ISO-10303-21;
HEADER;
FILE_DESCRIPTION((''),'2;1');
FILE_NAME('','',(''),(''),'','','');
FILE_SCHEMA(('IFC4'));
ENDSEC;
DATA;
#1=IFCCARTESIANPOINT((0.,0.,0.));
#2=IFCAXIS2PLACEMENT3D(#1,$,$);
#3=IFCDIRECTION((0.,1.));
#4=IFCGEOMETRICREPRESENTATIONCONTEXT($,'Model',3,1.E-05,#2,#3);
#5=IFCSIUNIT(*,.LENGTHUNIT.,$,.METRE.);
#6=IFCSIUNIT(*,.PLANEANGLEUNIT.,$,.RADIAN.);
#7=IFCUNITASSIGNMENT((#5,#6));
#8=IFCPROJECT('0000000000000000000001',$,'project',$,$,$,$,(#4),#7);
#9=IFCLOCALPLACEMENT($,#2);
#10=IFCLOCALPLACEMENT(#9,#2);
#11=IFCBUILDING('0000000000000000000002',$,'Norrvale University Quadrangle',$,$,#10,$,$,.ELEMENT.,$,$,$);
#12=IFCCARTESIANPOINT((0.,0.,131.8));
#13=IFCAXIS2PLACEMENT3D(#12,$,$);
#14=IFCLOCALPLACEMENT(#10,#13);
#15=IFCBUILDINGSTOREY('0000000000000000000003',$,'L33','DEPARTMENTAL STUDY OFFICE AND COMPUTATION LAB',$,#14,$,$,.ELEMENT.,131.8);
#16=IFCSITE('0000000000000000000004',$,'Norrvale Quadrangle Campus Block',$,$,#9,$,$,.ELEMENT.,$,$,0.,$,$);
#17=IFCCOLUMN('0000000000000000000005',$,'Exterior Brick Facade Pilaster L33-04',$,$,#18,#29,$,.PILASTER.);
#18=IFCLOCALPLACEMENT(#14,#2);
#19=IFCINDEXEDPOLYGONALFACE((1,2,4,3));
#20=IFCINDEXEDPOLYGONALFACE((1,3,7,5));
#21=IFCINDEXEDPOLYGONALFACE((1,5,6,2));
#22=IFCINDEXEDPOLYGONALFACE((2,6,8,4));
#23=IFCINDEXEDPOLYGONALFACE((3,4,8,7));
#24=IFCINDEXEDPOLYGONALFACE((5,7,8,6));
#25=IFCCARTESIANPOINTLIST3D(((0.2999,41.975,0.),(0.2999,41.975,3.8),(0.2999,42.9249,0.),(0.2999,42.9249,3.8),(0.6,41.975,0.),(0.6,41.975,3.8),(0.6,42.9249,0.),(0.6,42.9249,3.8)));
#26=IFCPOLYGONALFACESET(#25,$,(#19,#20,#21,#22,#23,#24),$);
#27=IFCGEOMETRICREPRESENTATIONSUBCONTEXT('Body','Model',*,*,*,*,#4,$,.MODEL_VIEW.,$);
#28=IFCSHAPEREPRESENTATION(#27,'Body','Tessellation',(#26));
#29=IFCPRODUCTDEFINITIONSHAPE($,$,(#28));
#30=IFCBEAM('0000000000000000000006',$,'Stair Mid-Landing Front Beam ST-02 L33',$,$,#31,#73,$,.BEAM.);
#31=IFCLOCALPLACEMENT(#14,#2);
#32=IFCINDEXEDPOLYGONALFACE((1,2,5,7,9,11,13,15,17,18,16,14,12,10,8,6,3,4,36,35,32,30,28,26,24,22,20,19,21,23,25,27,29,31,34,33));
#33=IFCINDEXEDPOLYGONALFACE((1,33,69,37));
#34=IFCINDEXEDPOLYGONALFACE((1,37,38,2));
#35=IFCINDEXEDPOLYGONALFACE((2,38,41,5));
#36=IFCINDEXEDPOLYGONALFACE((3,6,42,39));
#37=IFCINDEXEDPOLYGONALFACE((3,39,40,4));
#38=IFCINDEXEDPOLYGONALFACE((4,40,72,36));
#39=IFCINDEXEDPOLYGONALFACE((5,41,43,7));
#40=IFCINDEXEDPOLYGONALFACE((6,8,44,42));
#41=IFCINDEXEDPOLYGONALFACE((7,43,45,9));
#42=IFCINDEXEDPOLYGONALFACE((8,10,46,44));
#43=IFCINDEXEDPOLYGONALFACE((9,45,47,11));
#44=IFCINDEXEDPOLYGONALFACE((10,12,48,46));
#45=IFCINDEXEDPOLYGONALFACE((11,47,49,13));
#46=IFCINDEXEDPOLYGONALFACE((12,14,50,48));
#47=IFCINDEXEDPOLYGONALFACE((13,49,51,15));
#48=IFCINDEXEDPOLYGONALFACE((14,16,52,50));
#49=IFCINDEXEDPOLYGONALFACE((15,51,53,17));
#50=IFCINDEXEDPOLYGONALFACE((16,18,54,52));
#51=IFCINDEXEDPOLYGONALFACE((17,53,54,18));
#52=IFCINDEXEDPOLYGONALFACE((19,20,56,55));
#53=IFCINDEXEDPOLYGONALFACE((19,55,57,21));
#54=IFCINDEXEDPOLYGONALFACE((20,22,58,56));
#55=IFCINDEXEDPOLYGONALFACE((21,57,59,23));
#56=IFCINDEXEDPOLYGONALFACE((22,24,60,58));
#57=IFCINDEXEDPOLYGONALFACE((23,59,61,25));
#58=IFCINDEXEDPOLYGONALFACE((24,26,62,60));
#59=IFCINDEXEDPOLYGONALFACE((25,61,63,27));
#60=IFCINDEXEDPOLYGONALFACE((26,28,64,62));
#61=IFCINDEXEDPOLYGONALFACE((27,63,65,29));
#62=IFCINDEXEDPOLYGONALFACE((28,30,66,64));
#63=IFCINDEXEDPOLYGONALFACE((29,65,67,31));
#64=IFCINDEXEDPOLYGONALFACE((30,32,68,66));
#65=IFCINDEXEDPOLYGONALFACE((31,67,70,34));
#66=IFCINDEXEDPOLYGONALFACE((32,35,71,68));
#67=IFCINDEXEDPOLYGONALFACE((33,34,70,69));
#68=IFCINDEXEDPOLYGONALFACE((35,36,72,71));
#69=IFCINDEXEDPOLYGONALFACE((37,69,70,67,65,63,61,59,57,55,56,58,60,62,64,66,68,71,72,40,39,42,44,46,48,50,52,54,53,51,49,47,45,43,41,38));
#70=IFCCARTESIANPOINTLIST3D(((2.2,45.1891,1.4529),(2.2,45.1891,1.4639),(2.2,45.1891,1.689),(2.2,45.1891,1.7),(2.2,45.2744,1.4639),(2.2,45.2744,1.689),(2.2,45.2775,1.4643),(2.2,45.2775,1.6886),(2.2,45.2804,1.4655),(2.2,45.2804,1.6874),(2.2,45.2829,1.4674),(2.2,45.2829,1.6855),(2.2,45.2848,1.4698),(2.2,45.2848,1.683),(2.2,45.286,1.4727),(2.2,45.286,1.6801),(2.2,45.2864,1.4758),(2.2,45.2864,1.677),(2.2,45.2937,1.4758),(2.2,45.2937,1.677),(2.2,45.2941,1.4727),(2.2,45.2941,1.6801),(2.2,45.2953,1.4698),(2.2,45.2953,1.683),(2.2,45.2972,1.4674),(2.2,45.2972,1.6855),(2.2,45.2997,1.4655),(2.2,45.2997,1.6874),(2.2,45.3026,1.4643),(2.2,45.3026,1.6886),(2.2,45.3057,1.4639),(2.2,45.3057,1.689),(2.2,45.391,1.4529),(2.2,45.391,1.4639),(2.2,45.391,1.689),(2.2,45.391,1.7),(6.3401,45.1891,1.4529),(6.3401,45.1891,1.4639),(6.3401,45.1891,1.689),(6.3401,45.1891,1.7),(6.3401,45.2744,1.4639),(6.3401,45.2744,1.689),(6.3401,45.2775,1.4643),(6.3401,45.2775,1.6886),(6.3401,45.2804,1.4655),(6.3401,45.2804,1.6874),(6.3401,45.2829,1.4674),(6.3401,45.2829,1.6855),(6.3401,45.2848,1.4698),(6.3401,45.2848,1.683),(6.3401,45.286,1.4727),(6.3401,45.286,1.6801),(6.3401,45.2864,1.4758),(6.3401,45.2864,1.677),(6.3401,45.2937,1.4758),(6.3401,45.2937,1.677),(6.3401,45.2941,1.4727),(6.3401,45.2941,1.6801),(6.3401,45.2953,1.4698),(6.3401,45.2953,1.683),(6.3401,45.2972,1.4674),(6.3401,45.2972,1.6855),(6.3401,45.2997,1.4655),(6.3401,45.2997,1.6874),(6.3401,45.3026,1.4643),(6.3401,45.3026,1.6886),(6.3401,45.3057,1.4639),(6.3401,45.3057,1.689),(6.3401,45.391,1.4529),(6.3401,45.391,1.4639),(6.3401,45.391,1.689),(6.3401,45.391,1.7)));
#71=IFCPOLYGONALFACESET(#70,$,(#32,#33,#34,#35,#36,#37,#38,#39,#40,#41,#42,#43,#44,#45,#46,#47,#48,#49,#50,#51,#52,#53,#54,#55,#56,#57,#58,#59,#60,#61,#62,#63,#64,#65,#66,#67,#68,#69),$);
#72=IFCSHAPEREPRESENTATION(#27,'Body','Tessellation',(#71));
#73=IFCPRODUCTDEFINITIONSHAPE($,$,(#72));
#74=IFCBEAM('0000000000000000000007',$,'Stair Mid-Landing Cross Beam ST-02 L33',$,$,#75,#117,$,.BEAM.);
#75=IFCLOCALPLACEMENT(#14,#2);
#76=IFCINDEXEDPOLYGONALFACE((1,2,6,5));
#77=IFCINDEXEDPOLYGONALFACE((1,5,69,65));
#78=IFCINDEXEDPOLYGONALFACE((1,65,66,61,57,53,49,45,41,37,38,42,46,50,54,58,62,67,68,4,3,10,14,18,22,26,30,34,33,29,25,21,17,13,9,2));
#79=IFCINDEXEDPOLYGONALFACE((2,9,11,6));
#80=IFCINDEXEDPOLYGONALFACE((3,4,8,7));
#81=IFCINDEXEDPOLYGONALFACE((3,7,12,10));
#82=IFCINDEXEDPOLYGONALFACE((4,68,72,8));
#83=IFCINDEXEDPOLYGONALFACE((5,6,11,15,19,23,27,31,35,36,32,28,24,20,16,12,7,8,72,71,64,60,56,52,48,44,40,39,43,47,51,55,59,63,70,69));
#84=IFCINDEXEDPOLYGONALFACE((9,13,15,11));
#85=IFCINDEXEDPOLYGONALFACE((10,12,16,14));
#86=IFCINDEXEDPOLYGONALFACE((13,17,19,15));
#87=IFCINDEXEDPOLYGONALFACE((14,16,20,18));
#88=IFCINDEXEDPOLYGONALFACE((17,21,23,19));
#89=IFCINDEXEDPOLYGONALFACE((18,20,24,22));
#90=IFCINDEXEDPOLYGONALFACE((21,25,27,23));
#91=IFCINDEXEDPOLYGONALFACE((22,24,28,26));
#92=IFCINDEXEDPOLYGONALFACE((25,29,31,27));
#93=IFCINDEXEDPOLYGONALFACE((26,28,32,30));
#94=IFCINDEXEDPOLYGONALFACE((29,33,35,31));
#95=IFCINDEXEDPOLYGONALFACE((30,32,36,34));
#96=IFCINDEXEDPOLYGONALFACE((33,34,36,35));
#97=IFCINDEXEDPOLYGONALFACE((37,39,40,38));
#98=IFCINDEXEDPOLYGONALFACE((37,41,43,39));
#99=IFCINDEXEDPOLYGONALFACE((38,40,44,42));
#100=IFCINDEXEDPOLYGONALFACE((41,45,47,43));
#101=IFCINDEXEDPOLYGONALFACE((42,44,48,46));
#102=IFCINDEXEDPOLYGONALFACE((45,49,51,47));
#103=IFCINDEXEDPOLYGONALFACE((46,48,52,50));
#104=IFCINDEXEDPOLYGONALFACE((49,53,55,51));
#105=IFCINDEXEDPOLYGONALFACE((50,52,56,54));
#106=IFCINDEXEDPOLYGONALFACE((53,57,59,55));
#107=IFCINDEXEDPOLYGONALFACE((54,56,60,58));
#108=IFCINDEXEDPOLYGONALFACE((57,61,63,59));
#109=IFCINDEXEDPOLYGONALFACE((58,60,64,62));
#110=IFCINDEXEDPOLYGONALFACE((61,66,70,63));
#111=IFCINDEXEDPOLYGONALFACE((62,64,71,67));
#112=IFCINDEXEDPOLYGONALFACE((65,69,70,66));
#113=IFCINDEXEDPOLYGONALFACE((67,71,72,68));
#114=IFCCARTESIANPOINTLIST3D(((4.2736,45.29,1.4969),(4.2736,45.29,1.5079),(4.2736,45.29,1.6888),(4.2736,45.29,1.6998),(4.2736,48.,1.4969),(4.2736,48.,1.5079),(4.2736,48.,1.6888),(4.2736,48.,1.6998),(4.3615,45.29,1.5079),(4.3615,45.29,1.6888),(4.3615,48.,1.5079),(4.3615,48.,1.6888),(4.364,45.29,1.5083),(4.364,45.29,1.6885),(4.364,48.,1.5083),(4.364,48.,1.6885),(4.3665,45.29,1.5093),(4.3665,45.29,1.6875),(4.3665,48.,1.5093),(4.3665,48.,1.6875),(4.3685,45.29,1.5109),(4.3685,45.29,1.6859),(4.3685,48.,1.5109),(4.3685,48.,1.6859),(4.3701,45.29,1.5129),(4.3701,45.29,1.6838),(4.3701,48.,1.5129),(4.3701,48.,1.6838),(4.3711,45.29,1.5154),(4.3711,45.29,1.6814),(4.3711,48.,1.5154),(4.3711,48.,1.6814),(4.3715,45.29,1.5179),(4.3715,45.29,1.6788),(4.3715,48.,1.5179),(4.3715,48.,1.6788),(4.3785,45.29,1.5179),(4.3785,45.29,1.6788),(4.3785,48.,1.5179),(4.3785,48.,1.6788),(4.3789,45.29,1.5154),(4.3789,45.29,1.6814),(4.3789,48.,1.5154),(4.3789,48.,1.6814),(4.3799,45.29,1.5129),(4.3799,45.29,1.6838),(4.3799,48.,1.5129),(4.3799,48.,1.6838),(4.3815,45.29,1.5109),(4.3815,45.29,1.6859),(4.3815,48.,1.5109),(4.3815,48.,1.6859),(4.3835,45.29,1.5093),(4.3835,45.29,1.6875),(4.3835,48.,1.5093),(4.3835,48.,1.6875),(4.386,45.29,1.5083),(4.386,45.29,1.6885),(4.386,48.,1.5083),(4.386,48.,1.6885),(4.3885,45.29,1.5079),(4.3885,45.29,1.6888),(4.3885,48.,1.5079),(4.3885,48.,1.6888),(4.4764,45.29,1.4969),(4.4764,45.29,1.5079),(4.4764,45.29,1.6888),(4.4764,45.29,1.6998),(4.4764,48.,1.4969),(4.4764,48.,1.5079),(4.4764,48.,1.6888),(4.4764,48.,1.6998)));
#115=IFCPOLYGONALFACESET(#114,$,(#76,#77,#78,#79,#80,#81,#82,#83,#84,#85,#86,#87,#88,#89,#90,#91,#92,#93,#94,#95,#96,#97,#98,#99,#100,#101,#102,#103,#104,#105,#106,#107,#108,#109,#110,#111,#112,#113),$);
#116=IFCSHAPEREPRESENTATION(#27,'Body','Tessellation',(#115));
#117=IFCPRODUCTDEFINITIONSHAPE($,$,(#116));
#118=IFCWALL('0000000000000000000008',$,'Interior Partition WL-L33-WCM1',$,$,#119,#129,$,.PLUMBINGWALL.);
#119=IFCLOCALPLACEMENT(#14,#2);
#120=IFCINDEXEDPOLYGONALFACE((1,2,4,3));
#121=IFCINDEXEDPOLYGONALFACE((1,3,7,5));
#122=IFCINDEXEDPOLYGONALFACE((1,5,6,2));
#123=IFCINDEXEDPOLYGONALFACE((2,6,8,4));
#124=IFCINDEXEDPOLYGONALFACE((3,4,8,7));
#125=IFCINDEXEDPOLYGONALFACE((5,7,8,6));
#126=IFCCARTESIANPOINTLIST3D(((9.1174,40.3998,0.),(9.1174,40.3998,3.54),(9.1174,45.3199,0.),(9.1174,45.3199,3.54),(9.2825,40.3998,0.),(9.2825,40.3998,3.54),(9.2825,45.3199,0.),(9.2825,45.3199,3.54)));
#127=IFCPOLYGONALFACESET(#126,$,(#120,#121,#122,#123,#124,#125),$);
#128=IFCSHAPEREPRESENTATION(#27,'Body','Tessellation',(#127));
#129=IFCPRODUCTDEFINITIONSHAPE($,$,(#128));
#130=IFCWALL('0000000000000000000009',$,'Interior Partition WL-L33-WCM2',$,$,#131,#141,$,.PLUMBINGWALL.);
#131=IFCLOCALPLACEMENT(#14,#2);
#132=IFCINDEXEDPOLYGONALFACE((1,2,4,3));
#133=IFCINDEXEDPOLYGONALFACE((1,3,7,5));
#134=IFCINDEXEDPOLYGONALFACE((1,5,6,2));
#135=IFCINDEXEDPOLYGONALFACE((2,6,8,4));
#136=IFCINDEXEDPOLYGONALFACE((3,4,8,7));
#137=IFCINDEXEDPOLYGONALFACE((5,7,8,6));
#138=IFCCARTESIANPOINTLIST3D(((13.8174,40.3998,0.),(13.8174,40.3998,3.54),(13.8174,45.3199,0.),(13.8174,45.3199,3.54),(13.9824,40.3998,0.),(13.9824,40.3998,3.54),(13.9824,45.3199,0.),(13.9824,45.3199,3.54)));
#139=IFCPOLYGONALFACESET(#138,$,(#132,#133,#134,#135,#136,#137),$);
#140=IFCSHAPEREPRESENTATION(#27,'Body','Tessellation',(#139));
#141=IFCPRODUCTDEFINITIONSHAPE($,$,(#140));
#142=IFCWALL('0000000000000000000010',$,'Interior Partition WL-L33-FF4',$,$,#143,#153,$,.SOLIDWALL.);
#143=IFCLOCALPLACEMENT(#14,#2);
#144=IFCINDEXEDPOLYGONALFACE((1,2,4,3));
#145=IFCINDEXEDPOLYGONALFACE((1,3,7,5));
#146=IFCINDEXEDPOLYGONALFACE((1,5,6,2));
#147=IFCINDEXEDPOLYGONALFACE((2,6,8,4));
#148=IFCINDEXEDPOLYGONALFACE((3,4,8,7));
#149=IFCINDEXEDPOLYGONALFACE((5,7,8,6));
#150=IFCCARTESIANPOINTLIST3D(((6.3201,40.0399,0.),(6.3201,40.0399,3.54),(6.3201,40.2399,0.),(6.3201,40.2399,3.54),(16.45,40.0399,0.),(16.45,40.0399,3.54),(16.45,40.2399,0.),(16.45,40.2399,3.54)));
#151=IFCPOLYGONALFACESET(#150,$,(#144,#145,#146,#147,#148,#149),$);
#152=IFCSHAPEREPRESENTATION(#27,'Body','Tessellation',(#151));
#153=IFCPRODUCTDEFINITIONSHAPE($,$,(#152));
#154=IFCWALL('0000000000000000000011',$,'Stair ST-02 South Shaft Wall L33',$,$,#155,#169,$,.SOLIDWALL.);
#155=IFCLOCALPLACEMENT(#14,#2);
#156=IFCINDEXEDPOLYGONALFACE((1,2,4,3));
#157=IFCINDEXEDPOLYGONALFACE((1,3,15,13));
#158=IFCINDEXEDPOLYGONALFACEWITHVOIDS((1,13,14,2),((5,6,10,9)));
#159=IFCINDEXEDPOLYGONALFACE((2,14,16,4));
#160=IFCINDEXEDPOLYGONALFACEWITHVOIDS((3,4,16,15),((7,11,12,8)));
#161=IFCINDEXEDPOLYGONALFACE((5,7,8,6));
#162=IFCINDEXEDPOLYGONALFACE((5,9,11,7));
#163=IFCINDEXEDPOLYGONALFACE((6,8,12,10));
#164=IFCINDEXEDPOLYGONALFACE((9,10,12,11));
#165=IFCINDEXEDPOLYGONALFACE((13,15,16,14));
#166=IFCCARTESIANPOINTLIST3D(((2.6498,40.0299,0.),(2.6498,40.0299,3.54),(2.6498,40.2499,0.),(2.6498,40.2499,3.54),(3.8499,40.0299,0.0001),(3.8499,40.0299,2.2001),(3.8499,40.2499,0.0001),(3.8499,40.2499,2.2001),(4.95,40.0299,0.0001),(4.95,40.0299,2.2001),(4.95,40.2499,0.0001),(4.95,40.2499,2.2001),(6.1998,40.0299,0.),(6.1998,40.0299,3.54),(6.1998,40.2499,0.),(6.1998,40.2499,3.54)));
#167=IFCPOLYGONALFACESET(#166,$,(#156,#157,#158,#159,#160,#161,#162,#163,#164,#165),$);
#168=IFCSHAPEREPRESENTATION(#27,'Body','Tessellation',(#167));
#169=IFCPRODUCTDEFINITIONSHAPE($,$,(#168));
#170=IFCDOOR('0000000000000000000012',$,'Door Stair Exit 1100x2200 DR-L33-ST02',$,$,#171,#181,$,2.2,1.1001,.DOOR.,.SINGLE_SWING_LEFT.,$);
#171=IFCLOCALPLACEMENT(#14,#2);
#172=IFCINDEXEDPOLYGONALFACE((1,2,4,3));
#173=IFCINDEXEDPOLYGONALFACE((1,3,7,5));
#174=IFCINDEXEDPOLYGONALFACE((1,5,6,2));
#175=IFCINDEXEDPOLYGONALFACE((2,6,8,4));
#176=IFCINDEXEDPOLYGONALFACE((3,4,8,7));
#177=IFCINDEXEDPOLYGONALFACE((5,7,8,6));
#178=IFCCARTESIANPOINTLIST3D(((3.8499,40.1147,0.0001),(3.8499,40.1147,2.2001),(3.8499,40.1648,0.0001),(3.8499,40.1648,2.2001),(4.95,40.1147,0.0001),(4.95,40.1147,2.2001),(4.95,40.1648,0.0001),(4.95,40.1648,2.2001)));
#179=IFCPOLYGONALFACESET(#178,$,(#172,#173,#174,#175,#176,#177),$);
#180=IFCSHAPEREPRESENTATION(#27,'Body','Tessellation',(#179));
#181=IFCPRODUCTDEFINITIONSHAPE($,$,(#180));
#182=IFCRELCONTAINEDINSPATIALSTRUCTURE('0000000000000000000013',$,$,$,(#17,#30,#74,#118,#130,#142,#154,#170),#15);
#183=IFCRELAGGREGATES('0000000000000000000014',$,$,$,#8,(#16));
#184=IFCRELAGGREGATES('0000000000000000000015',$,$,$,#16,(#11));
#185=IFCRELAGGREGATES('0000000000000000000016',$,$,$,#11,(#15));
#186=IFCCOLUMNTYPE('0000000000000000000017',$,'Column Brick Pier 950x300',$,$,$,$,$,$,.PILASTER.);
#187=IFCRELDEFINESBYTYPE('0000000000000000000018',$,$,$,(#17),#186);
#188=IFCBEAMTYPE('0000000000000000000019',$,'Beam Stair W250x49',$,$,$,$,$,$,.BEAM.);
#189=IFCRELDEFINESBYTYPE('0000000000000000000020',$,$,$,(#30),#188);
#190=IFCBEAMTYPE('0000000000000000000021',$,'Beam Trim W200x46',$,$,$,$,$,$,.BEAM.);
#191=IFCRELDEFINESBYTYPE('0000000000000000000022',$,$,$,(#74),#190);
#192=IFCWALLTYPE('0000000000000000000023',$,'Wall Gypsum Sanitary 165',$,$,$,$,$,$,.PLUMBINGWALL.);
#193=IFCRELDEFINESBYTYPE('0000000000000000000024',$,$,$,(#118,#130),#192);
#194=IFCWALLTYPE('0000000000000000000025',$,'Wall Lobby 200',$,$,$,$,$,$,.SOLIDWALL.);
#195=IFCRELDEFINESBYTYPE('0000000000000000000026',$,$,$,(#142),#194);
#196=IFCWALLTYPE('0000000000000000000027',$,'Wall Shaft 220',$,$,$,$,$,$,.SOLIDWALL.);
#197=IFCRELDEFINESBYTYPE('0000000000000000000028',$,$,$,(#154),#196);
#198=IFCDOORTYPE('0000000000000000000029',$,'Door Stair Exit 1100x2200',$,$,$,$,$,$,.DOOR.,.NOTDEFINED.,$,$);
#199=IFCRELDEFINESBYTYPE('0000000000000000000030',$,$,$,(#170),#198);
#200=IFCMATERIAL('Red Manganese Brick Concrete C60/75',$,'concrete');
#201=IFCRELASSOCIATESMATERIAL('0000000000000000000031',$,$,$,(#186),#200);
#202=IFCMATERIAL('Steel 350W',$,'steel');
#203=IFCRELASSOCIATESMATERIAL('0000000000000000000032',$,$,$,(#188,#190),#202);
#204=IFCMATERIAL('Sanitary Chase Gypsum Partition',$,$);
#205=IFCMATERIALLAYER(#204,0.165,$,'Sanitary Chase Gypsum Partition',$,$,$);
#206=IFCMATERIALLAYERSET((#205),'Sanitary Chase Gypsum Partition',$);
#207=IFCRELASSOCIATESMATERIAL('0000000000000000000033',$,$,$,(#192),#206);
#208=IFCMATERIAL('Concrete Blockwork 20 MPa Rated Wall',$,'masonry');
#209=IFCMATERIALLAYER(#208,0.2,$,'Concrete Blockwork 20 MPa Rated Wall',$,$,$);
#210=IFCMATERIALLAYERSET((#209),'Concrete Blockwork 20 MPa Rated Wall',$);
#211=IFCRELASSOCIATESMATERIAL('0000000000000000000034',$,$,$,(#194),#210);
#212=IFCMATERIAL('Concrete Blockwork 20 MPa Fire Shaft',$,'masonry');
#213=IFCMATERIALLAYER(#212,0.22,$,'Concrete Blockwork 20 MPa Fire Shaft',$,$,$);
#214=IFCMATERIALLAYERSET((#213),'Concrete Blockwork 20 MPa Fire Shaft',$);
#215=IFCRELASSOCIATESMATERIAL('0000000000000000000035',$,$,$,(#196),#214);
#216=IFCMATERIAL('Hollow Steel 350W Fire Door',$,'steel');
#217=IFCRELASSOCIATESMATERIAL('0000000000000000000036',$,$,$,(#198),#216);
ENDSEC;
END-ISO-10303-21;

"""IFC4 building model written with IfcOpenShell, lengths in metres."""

from ifc_helpers import new_model, si_unit, direction, frame, frame_2d, origin, origin_2d, place, context, subcontext, project, spatial, rectangle, i_section, extrude, material, layer, layer_set, material_profile, profile_set, type_object, element, fill, save


model = new_model("IFC4")

# Units and contexts
model_context = context("Model", 3, precision=1e-05, world=origin(), true_north=direction((0.0, 1.0)))
body_context = subcontext(model_context, "Body", "Model", "MODEL_VIEW")
ifc_project = project(units=[si_unit("LENGTHUNIT", "METRE"), si_unit("PLANEANGLEUNIT", "RADIAN")], contexts=[model_context])

# Site, building, storey
site_placement = place(None, origin())
site = spatial("IfcSite", under=ifc_project, at=site_placement, Name="Norrvale Quadrangle Campus Block", CompositionType="ELEMENT", RefElevation=0.0)
building_placement = place(site_placement, origin())
building = spatial("IfcBuilding", under=site, at=building_placement, Name="Norrvale University Quadrangle", CompositionType="ELEMENT")
storey_placement = place(building_placement, frame((0.0, 0.0, 131.8)))
storey = spatial("IfcBuildingStorey", under=building, at=storey_placement, Name="L33", Description="DEPARTMENTAL STUDY OFFICE AND COMPUTATION LAB", CompositionType="ELEMENT", Elevation=131.8)

# Column
ifc_material_1 = material(Name="Red Manganese Brick Concrete C60/75", Category="concrete")
ifc_material_profile_1 = material_profile(ifc_material_1, rectangle(XDim=0.95, YDim=0.3, at=origin_2d()), Name="Red Manganese Brick Concrete C60/75")
ifc_profile_set_1 = profile_set([ifc_material_profile_1], Name="Red Manganese Brick Concrete C60/75")
column_type = type_object("IfcColumnType", Name="Column Brick Pier 950x300", PredefinedType="PILASTER", material=ifc_profile_set_1)
column_placement = place(storey_placement, frame((0.45, 42.45, 0.0), z_axis=(0.0, 0.0, 1.0), x_axis=(0.0, 1.0, 0.0)))
element("IfcColumn", 1, at=column_placement, inside=storey, type_object=column_type, Name="Exterior Brick Facade Pilaster L33-04", PredefinedType="PILASTER", context=body_context, shape_type="SweptSolid", body=[
    extrude(rectangle(XDim=0.95, YDim=0.3, at=origin_2d()), origin(), (0.0, 0.0, 1.0), 3.8),
])

# Beams
ifc_material_2 = material(Name="Steel 350W", Category="steel")
ifc_material_profile_2 = material_profile(ifc_material_2, i_section(OverallWidth=0.2019, OverallDepth=0.2471, WebThickness=0.0073, FlangeThickness=0.011, FilletRadius=0.012, at=origin_2d()), Name="Steel 350W")
ifc_profile_set_2 = profile_set([ifc_material_profile_2], Name="Steel 350W")
beam_type_1 = type_object("IfcBeamType", Name="Beam Stair W250x49", PredefinedType="BEAM", material=ifc_profile_set_2)
beam_1_placement = place(storey_placement, frame((2.2, 45.29, 1.5764), z_axis=(1.0, 0.0, 0.0), x_axis=(0.0, 1.0, 0.0)))
element("IfcBeam", 2, at=beam_1_placement, inside=storey, type_object=beam_type_1, Name="Stair Mid-Landing Front Beam ST-02 L33", PredefinedType="BEAM", context=body_context, shape_type="SweptSolid", body=[
    extrude(i_section(OverallWidth=0.2019, OverallDepth=0.2471, WebThickness=0.0073, FlangeThickness=0.011, FilletRadius=0.012, at=origin_2d()), origin(), (0.0, 0.0, 1.0), 4.1401),
])
ifc_material_profile_3 = material_profile(ifc_material_2, i_section(OverallWidth=0.2029, OverallDepth=0.2029, WebThickness=0.0071, FlangeThickness=0.011, FilletRadius=0.01, at=origin_2d()), Name="Steel 350W")
ifc_profile_set_3 = profile_set([ifc_material_profile_3], Name="Steel 350W")
beam_type_2 = type_object("IfcBeamType", Name="Beam Trim W200x46", PredefinedType="BEAM", material=ifc_profile_set_3)
beam_2_placement = place(storey_placement, frame((4.375, 45.29, 1.5984), z_axis=(0.0, 1.0, 0.0), x_axis=(-1.0, 0.0, 0.0)))
element("IfcBeam", 3, at=beam_2_placement, inside=storey, type_object=beam_type_2, Name="Stair Mid-Landing Cross Beam ST-02 L33", PredefinedType="BEAM", context=body_context, shape_type="SweptSolid", body=[
    extrude(i_section(OverallWidth=0.2029, OverallDepth=0.2029, WebThickness=0.0071, FlangeThickness=0.011, FilletRadius=0.01, at=origin_2d()), origin(), (0.0, 0.0, 1.0), 2.71),
])

# Walls
ifc_material_3 = material(Name="Sanitary Chase Gypsum Partition")
ifc_layer_1 = layer(ifc_material_3, 0.165, Name="Sanitary Chase Gypsum Partition")
ifc_layer_set_1 = layer_set([ifc_layer_1], Name="Sanitary Chase Gypsum Partition")
wall_type_1 = type_object("IfcWallType", Name="Wall Gypsum Sanitary 165", PredefinedType="PLUMBINGWALL", material=ifc_layer_set_1)
for number, where, z_axis, x_axis, name in (
    (4, (9.2, 40.3999, 0.0), (0.0, 0.0, 1.0), (0.0, 1.0, 0.0), "Interior Partition WL-L33-WCM1"),
    (5, (13.8999, 40.3999, 0.0), (0.0, 0.0, 1.0), (0.0, 1.0, 0.0), "Interior Partition WL-L33-WCM2"),
):
    element("IfcWall", number, at=place(storey_placement, frame(where, z_axis=z_axis, x_axis=x_axis)), inside=storey, type_object=wall_type_1, Name=name, PredefinedType="PLUMBINGWALL", context=body_context, shape_type="SweptSolid", body=[
        extrude(rectangle(XDim=4.9202, YDim=0.165, at=frame_2d((2.46, 0.0))), origin(), (0.0, 0.0, 1.0), 3.54),
    ])
ifc_material_4 = material(Name="Concrete Blockwork 20 MPa Rated Wall", Category="masonry")
ifc_layer_2 = layer(ifc_material_4, 0.2, Name="Concrete Blockwork 20 MPa Rated Wall")
ifc_layer_set_2 = layer_set([ifc_layer_2], Name="Concrete Blockwork 20 MPa Rated Wall")
wall_type_2 = type_object("IfcWallType", Name="Wall Lobby 200", PredefinedType="SOLIDWALL", material=ifc_layer_set_2)
wall_1_placement = place(storey_placement, frame((6.3201, 40.1399, 0.0), z_axis=(0.0, 0.0, 1.0), x_axis=(1.0, 0.0, 0.0)))
element("IfcWall", 6, at=wall_1_placement, inside=storey, type_object=wall_type_2, Name="Interior Partition WL-L33-FF4", PredefinedType="SOLIDWALL", context=body_context, shape_type="SweptSolid", body=[
    extrude(rectangle(XDim=10.1299, YDim=0.2, at=frame_2d((5.0649, 0.0))), origin(), (0.0, 0.0, 1.0), 3.54),
])

# Wall, opening, door
ifc_material_5 = material(Name="Concrete Blockwork 20 MPa Fire Shaft", Category="masonry")
ifc_layer_3 = layer(ifc_material_5, 0.22, Name="Concrete Blockwork 20 MPa Fire Shaft")
ifc_layer_set_3 = layer_set([ifc_layer_3], Name="Concrete Blockwork 20 MPa Fire Shaft")
wall_type_3 = type_object("IfcWallType", Name="Wall Shaft 220", PredefinedType="SOLIDWALL", material=ifc_layer_set_3)
wall_2_placement = place(storey_placement, frame((2.6499, 40.1399, 0.0), z_axis=(0.0, 0.0, 1.0), x_axis=(1.0, 0.0, 0.0)))
wall_2 = element("IfcWall", 7, at=wall_2_placement, inside=storey, type_object=wall_type_3, Name="Stair ST-02 South Shaft Wall L33", PredefinedType="SOLIDWALL", context=body_context, shape_type="SweptSolid", body=[
    extrude(rectangle(XDim=3.55, YDim=0.22, at=frame_2d((1.7749, 0.0))), origin(), (0.0, 0.0, 1.0), 3.54),
])
opening_placement = place(wall_2_placement, frame((1.2, 0.0, 0.0)))
opening = element("IfcOpeningElement", 8, at=opening_placement, cuts=wall_2, PredefinedType="OPENING", context=body_context, shape_type="SweptSolid", body=[
    extrude(rectangle(XDim=1.1001, YDim=2.2, at=frame_2d((0.55, 1.1001))), frame((0.0, 0.1221, 0.0), z_axis=(0.0, -1.0, 0.0), x_axis=(1.0, 0.0, 0.0)), (0.0, 0.0, 1.0), 0.2439),
])
ifc_material_6 = material(Name="Hollow Steel 350W Fire Door", Category="steel")
door_type = type_object("IfcDoorType", Name="Door Stair Exit 1100x2200", OperationType="NOTDEFINED", PredefinedType="DOOR", material=ifc_material_6)
door_placement = place(opening_placement, origin())
door = element("IfcDoor", 9, at=door_placement, inside=storey, type_object=door_type, Name="Door Stair Exit 1100x2200 DR-L33-ST02", OperationType="SINGLE_SWING_LEFT", OverallHeight=2.2, OverallWidth=1.1001, PredefinedType="DOOR", context=body_context, shape_type="SweptSolid", body=[
    extrude(rectangle(XDim=1.1001, YDim=2.2, at=frame_2d((0.55, 1.1001))), frame((0.0, 0.0249, 0.0), z_axis=(0.0, -1.0, 0.0), x_axis=(1.0, 0.0, 0.0)), (0.0, 0.0, 1.0), 0.05),
])
fill(opening, door)

save(model, "model.ifc")
